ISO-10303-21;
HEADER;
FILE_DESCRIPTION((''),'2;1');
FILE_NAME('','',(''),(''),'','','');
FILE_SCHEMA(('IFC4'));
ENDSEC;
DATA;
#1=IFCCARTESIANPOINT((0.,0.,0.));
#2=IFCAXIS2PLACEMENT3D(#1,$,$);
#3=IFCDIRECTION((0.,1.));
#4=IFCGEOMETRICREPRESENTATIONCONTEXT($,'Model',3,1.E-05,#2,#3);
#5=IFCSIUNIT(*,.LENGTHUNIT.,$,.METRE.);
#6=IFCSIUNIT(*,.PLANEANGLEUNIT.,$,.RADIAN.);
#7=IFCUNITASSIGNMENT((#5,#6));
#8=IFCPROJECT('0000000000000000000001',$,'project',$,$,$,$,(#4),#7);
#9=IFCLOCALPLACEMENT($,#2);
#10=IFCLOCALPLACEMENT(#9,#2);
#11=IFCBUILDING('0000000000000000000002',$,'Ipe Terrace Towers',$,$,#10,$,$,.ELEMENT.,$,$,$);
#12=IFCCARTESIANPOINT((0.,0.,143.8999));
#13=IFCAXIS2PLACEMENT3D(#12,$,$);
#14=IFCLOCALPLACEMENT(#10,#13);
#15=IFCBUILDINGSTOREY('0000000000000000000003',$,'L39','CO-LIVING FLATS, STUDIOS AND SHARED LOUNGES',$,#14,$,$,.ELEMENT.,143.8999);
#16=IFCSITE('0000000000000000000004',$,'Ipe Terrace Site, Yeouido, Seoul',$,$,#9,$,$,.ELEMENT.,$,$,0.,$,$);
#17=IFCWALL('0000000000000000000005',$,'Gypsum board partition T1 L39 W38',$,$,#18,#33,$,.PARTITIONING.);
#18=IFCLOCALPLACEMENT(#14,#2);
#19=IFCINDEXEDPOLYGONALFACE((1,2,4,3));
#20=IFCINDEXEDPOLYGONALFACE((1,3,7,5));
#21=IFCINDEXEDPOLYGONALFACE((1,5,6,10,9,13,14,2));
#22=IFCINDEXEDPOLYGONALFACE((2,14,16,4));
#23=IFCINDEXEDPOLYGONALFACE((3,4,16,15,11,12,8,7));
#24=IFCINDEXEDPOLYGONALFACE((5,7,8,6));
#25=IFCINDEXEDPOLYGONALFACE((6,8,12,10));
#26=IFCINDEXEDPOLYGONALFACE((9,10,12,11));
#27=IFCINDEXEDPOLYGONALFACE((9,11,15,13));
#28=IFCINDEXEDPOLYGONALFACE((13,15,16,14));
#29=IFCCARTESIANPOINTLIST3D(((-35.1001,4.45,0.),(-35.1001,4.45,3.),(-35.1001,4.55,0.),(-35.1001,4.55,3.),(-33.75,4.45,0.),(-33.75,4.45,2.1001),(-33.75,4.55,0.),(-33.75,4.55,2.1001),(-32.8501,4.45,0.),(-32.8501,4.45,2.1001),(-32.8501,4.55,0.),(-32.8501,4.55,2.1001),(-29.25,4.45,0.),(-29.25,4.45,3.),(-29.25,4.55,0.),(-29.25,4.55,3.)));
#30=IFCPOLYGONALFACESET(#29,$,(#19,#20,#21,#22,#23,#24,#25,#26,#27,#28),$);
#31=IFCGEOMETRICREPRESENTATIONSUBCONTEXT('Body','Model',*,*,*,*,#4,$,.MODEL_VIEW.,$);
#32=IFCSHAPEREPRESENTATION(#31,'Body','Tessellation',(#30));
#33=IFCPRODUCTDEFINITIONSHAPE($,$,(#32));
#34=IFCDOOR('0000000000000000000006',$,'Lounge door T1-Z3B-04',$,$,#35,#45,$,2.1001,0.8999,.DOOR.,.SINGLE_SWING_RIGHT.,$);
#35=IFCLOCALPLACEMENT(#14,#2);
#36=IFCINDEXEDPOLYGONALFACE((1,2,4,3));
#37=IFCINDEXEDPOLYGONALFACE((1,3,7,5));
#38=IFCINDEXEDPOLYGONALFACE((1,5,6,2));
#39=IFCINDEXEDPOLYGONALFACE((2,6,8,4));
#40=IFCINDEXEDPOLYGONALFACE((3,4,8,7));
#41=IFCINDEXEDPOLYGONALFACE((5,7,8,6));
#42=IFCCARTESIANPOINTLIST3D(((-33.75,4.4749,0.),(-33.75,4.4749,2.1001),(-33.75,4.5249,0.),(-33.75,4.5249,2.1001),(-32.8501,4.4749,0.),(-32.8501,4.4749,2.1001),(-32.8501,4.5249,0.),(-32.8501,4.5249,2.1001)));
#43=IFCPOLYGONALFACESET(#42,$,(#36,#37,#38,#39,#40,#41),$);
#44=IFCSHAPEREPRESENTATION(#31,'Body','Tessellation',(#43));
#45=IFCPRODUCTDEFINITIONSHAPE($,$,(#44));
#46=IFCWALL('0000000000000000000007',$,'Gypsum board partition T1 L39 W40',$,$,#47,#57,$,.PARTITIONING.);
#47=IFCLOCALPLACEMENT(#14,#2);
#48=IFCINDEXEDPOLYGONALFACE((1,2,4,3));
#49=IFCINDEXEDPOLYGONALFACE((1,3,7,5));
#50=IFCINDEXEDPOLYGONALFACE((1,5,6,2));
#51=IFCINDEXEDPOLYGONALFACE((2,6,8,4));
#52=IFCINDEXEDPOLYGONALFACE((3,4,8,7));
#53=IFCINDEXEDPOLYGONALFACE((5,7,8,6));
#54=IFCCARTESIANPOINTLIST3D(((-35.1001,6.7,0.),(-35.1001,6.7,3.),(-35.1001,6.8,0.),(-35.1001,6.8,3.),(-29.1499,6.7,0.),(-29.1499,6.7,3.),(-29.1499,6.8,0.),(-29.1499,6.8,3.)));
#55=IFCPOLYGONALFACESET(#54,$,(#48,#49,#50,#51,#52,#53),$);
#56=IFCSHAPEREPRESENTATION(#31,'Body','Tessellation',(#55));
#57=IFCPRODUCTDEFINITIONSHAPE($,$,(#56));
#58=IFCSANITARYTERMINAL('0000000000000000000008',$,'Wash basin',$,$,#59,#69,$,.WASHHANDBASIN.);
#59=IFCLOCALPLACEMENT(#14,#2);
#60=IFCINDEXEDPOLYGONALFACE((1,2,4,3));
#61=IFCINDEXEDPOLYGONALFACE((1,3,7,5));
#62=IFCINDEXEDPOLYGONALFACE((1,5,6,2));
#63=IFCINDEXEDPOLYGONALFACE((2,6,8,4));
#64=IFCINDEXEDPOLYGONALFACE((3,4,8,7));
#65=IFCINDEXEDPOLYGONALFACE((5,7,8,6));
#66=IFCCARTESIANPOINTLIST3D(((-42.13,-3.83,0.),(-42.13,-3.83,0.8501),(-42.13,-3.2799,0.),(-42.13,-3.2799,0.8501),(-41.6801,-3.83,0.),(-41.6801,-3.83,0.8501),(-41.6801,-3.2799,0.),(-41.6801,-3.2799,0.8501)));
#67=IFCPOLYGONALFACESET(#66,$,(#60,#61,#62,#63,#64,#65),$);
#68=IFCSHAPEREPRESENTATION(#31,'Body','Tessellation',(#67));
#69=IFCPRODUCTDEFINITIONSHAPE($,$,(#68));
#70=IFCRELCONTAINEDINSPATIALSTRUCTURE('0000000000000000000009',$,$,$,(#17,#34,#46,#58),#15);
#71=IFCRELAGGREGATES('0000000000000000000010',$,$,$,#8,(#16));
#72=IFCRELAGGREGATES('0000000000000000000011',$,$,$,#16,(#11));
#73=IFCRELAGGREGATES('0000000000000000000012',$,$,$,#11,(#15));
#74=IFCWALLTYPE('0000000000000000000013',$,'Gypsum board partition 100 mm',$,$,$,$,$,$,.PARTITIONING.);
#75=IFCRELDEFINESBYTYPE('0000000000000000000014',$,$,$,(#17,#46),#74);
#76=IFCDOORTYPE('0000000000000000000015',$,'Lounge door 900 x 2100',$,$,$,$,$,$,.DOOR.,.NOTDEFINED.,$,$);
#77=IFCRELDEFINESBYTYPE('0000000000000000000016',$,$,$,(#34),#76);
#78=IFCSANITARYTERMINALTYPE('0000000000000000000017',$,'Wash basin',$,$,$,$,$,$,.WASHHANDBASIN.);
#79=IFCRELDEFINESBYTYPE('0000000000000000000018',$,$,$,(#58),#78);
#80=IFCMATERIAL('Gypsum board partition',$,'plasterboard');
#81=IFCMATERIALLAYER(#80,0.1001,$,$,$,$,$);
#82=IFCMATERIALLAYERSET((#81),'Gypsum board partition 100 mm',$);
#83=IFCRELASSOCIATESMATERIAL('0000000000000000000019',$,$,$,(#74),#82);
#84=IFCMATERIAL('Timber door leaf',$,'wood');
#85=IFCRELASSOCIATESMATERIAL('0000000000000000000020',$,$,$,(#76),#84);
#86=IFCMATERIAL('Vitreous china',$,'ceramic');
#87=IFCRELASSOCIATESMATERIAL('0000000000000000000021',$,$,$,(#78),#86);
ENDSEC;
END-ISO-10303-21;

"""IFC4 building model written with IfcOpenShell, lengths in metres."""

from ifc_helpers import new_model, si_unit, direction, frame, frame_2d, origin, origin_2d, place, context, subcontext, project, spatial, rectangle, extrude, material, layer, layer_set, type_object, element, fill, save


model = new_model("IFC4")

# Units and contexts
model_context = context("Model", 3, precision=1e-05, world=origin(), true_north=direction((0.0, 1.0)))
body_context = subcontext(model_context, "Body", "Model", "MODEL_VIEW")
ifc_project = project(units=[si_unit("LENGTHUNIT", "METRE"), si_unit("PLANEANGLEUNIT", "RADIAN")], contexts=[model_context])

# Site, building, storey
site_placement = place(None, origin())
site = spatial("IfcSite", under=ifc_project, at=site_placement, Name="Ipe Terrace Site, Yeouido, Seoul", CompositionType="ELEMENT", RefElevation=0.0)
building_placement = place(site_placement, origin())
building = spatial("IfcBuilding", under=site, at=building_placement, Name="Ipe Terrace Towers", CompositionType="ELEMENT")
storey_placement = place(building_placement, frame((0.0, 0.0, 143.8999)))
storey = spatial("IfcBuildingStorey", under=building, at=storey_placement, Name="L39", Description="CO-LIVING FLATS, STUDIOS AND SHARED LOUNGES", CompositionType="ELEMENT", Elevation=143.8999)

# Shared definitions
ifc_material_1 = material(Name="Gypsum board partition", Category="plasterboard")
ifc_layer = layer(ifc_material_1, 0.1001)
ifc_layer_set = layer_set([ifc_layer], Name="Gypsum board partition 100 mm")
wall_type = type_object("IfcWallType", Name="Gypsum board partition 100 mm", PredefinedType="PARTITIONING", material=ifc_layer_set)

# Shared definitions
ifc_material_2 = material(Name="Timber door leaf", Category="wood")
door_type = type_object("IfcDoorType", Name="Lounge door 900 x 2100", OperationType="NOTDEFINED", PredefinedType="DOOR", material=ifc_material_2)

# Wall, opening, door
wall_1_placement = place(storey_placement, frame((-35.1001, 4.5, 0.0), z_axis=(0.0, 0.0, 1.0), x_axis=(1.0, 0.0, 0.0)))
wall_1 = element("IfcWall", 1, at=wall_1_placement, inside=storey, type_object=wall_type, Name="Gypsum board partition T1 L39 W38", PredefinedType="PARTITIONING", context=body_context, shape_type="SweptSolid", body=[
    extrude(rectangle(XDim=5.8501, YDim=0.1001, at=frame_2d((2.925, 0.0))), origin(), (0.0, 0.0, 1.0), 3.0),
])
opening_1_placement = place(wall_1_placement, frame((1.3501, 0.0, 0.0)))
opening_1 = element("IfcOpeningElement", 2, at=opening_1_placement, cuts=wall_1, PredefinedType="OPENING", context=body_context, shape_type="SweptSolid", body=[
    extrude(rectangle(XDim=0.8999, YDim=2.1001, at=frame_2d((0.45, 1.05))), frame((0.0, 0.0601, 0.0), z_axis=(0.0, -1.0, 0.0), x_axis=(1.0, 0.0, 0.0)), (0.0, 0.0, 1.0), 0.1201),
])
door_1_placement = place(opening_1_placement, origin())
door_1 = element("IfcDoor", 3, at=door_1_placement, inside=storey, type_object=door_type, Name="Lounge door T1-Z3B-04", OperationType="SINGLE_SWING_RIGHT", OverallHeight=2.1001, OverallWidth=0.8999, PredefinedType="DOOR", context=body_context, shape_type="SweptSolid", body=[
    extrude(rectangle(XDim=0.8999, YDim=2.1001, at=frame_2d((0.45, 1.05))), frame((0.0, 0.0249, 0.0), z_axis=(0.0, -1.0, 0.0), x_axis=(1.0, 0.0, 0.0)), (0.0, 0.0, 1.0), 0.05),
])
fill(opening_1, door_1)

# Wall
wall_2_placement = place(storey_placement, frame((-35.1001, 6.75, 0.0), z_axis=(0.0, 0.0, 1.0), x_axis=(1.0, 0.0, 0.0)))
element("IfcWall", 4, at=wall_2_placement, inside=storey, type_object=wall_type, Name="Gypsum board partition T1 L39 W40", PredefinedType="PARTITIONING", context=body_context, shape_type="SweptSolid", body=[
    extrude(rectangle(XDim=5.9502, YDim=0.1001, at=frame_2d((2.9751, 0.0))), origin(), (0.0, 0.0, 1.0), 3.0),
])

# Sanitary terminal
ifc_material_3 = material(Name="Vitreous china", Category="ceramic")
sanitary_terminal_type = type_object("IfcSanitaryTerminalType", Name="Wash basin", PredefinedType="WASHHANDBASIN", material=ifc_material_3)
sanitary_terminal_placement = place(storey_placement, frame((-41.905, -3.5549, 0.0), z_axis=(0.0, 0.0, 1.0), x_axis=(0.0, 1.0, 0.0)))
element("IfcSanitaryTerminal", 5, at=sanitary_terminal_placement, inside=storey, type_object=sanitary_terminal_type, Name="Wash basin", PredefinedType="WASHHANDBASIN", context=body_context, shape_type="SweptSolid", body=[
    extrude(rectangle(XDim=0.55, YDim=0.45, at=origin_2d()), origin(), (0.0, 0.0, 1.0), 0.8501),
])

save(model, "model.ifc")
